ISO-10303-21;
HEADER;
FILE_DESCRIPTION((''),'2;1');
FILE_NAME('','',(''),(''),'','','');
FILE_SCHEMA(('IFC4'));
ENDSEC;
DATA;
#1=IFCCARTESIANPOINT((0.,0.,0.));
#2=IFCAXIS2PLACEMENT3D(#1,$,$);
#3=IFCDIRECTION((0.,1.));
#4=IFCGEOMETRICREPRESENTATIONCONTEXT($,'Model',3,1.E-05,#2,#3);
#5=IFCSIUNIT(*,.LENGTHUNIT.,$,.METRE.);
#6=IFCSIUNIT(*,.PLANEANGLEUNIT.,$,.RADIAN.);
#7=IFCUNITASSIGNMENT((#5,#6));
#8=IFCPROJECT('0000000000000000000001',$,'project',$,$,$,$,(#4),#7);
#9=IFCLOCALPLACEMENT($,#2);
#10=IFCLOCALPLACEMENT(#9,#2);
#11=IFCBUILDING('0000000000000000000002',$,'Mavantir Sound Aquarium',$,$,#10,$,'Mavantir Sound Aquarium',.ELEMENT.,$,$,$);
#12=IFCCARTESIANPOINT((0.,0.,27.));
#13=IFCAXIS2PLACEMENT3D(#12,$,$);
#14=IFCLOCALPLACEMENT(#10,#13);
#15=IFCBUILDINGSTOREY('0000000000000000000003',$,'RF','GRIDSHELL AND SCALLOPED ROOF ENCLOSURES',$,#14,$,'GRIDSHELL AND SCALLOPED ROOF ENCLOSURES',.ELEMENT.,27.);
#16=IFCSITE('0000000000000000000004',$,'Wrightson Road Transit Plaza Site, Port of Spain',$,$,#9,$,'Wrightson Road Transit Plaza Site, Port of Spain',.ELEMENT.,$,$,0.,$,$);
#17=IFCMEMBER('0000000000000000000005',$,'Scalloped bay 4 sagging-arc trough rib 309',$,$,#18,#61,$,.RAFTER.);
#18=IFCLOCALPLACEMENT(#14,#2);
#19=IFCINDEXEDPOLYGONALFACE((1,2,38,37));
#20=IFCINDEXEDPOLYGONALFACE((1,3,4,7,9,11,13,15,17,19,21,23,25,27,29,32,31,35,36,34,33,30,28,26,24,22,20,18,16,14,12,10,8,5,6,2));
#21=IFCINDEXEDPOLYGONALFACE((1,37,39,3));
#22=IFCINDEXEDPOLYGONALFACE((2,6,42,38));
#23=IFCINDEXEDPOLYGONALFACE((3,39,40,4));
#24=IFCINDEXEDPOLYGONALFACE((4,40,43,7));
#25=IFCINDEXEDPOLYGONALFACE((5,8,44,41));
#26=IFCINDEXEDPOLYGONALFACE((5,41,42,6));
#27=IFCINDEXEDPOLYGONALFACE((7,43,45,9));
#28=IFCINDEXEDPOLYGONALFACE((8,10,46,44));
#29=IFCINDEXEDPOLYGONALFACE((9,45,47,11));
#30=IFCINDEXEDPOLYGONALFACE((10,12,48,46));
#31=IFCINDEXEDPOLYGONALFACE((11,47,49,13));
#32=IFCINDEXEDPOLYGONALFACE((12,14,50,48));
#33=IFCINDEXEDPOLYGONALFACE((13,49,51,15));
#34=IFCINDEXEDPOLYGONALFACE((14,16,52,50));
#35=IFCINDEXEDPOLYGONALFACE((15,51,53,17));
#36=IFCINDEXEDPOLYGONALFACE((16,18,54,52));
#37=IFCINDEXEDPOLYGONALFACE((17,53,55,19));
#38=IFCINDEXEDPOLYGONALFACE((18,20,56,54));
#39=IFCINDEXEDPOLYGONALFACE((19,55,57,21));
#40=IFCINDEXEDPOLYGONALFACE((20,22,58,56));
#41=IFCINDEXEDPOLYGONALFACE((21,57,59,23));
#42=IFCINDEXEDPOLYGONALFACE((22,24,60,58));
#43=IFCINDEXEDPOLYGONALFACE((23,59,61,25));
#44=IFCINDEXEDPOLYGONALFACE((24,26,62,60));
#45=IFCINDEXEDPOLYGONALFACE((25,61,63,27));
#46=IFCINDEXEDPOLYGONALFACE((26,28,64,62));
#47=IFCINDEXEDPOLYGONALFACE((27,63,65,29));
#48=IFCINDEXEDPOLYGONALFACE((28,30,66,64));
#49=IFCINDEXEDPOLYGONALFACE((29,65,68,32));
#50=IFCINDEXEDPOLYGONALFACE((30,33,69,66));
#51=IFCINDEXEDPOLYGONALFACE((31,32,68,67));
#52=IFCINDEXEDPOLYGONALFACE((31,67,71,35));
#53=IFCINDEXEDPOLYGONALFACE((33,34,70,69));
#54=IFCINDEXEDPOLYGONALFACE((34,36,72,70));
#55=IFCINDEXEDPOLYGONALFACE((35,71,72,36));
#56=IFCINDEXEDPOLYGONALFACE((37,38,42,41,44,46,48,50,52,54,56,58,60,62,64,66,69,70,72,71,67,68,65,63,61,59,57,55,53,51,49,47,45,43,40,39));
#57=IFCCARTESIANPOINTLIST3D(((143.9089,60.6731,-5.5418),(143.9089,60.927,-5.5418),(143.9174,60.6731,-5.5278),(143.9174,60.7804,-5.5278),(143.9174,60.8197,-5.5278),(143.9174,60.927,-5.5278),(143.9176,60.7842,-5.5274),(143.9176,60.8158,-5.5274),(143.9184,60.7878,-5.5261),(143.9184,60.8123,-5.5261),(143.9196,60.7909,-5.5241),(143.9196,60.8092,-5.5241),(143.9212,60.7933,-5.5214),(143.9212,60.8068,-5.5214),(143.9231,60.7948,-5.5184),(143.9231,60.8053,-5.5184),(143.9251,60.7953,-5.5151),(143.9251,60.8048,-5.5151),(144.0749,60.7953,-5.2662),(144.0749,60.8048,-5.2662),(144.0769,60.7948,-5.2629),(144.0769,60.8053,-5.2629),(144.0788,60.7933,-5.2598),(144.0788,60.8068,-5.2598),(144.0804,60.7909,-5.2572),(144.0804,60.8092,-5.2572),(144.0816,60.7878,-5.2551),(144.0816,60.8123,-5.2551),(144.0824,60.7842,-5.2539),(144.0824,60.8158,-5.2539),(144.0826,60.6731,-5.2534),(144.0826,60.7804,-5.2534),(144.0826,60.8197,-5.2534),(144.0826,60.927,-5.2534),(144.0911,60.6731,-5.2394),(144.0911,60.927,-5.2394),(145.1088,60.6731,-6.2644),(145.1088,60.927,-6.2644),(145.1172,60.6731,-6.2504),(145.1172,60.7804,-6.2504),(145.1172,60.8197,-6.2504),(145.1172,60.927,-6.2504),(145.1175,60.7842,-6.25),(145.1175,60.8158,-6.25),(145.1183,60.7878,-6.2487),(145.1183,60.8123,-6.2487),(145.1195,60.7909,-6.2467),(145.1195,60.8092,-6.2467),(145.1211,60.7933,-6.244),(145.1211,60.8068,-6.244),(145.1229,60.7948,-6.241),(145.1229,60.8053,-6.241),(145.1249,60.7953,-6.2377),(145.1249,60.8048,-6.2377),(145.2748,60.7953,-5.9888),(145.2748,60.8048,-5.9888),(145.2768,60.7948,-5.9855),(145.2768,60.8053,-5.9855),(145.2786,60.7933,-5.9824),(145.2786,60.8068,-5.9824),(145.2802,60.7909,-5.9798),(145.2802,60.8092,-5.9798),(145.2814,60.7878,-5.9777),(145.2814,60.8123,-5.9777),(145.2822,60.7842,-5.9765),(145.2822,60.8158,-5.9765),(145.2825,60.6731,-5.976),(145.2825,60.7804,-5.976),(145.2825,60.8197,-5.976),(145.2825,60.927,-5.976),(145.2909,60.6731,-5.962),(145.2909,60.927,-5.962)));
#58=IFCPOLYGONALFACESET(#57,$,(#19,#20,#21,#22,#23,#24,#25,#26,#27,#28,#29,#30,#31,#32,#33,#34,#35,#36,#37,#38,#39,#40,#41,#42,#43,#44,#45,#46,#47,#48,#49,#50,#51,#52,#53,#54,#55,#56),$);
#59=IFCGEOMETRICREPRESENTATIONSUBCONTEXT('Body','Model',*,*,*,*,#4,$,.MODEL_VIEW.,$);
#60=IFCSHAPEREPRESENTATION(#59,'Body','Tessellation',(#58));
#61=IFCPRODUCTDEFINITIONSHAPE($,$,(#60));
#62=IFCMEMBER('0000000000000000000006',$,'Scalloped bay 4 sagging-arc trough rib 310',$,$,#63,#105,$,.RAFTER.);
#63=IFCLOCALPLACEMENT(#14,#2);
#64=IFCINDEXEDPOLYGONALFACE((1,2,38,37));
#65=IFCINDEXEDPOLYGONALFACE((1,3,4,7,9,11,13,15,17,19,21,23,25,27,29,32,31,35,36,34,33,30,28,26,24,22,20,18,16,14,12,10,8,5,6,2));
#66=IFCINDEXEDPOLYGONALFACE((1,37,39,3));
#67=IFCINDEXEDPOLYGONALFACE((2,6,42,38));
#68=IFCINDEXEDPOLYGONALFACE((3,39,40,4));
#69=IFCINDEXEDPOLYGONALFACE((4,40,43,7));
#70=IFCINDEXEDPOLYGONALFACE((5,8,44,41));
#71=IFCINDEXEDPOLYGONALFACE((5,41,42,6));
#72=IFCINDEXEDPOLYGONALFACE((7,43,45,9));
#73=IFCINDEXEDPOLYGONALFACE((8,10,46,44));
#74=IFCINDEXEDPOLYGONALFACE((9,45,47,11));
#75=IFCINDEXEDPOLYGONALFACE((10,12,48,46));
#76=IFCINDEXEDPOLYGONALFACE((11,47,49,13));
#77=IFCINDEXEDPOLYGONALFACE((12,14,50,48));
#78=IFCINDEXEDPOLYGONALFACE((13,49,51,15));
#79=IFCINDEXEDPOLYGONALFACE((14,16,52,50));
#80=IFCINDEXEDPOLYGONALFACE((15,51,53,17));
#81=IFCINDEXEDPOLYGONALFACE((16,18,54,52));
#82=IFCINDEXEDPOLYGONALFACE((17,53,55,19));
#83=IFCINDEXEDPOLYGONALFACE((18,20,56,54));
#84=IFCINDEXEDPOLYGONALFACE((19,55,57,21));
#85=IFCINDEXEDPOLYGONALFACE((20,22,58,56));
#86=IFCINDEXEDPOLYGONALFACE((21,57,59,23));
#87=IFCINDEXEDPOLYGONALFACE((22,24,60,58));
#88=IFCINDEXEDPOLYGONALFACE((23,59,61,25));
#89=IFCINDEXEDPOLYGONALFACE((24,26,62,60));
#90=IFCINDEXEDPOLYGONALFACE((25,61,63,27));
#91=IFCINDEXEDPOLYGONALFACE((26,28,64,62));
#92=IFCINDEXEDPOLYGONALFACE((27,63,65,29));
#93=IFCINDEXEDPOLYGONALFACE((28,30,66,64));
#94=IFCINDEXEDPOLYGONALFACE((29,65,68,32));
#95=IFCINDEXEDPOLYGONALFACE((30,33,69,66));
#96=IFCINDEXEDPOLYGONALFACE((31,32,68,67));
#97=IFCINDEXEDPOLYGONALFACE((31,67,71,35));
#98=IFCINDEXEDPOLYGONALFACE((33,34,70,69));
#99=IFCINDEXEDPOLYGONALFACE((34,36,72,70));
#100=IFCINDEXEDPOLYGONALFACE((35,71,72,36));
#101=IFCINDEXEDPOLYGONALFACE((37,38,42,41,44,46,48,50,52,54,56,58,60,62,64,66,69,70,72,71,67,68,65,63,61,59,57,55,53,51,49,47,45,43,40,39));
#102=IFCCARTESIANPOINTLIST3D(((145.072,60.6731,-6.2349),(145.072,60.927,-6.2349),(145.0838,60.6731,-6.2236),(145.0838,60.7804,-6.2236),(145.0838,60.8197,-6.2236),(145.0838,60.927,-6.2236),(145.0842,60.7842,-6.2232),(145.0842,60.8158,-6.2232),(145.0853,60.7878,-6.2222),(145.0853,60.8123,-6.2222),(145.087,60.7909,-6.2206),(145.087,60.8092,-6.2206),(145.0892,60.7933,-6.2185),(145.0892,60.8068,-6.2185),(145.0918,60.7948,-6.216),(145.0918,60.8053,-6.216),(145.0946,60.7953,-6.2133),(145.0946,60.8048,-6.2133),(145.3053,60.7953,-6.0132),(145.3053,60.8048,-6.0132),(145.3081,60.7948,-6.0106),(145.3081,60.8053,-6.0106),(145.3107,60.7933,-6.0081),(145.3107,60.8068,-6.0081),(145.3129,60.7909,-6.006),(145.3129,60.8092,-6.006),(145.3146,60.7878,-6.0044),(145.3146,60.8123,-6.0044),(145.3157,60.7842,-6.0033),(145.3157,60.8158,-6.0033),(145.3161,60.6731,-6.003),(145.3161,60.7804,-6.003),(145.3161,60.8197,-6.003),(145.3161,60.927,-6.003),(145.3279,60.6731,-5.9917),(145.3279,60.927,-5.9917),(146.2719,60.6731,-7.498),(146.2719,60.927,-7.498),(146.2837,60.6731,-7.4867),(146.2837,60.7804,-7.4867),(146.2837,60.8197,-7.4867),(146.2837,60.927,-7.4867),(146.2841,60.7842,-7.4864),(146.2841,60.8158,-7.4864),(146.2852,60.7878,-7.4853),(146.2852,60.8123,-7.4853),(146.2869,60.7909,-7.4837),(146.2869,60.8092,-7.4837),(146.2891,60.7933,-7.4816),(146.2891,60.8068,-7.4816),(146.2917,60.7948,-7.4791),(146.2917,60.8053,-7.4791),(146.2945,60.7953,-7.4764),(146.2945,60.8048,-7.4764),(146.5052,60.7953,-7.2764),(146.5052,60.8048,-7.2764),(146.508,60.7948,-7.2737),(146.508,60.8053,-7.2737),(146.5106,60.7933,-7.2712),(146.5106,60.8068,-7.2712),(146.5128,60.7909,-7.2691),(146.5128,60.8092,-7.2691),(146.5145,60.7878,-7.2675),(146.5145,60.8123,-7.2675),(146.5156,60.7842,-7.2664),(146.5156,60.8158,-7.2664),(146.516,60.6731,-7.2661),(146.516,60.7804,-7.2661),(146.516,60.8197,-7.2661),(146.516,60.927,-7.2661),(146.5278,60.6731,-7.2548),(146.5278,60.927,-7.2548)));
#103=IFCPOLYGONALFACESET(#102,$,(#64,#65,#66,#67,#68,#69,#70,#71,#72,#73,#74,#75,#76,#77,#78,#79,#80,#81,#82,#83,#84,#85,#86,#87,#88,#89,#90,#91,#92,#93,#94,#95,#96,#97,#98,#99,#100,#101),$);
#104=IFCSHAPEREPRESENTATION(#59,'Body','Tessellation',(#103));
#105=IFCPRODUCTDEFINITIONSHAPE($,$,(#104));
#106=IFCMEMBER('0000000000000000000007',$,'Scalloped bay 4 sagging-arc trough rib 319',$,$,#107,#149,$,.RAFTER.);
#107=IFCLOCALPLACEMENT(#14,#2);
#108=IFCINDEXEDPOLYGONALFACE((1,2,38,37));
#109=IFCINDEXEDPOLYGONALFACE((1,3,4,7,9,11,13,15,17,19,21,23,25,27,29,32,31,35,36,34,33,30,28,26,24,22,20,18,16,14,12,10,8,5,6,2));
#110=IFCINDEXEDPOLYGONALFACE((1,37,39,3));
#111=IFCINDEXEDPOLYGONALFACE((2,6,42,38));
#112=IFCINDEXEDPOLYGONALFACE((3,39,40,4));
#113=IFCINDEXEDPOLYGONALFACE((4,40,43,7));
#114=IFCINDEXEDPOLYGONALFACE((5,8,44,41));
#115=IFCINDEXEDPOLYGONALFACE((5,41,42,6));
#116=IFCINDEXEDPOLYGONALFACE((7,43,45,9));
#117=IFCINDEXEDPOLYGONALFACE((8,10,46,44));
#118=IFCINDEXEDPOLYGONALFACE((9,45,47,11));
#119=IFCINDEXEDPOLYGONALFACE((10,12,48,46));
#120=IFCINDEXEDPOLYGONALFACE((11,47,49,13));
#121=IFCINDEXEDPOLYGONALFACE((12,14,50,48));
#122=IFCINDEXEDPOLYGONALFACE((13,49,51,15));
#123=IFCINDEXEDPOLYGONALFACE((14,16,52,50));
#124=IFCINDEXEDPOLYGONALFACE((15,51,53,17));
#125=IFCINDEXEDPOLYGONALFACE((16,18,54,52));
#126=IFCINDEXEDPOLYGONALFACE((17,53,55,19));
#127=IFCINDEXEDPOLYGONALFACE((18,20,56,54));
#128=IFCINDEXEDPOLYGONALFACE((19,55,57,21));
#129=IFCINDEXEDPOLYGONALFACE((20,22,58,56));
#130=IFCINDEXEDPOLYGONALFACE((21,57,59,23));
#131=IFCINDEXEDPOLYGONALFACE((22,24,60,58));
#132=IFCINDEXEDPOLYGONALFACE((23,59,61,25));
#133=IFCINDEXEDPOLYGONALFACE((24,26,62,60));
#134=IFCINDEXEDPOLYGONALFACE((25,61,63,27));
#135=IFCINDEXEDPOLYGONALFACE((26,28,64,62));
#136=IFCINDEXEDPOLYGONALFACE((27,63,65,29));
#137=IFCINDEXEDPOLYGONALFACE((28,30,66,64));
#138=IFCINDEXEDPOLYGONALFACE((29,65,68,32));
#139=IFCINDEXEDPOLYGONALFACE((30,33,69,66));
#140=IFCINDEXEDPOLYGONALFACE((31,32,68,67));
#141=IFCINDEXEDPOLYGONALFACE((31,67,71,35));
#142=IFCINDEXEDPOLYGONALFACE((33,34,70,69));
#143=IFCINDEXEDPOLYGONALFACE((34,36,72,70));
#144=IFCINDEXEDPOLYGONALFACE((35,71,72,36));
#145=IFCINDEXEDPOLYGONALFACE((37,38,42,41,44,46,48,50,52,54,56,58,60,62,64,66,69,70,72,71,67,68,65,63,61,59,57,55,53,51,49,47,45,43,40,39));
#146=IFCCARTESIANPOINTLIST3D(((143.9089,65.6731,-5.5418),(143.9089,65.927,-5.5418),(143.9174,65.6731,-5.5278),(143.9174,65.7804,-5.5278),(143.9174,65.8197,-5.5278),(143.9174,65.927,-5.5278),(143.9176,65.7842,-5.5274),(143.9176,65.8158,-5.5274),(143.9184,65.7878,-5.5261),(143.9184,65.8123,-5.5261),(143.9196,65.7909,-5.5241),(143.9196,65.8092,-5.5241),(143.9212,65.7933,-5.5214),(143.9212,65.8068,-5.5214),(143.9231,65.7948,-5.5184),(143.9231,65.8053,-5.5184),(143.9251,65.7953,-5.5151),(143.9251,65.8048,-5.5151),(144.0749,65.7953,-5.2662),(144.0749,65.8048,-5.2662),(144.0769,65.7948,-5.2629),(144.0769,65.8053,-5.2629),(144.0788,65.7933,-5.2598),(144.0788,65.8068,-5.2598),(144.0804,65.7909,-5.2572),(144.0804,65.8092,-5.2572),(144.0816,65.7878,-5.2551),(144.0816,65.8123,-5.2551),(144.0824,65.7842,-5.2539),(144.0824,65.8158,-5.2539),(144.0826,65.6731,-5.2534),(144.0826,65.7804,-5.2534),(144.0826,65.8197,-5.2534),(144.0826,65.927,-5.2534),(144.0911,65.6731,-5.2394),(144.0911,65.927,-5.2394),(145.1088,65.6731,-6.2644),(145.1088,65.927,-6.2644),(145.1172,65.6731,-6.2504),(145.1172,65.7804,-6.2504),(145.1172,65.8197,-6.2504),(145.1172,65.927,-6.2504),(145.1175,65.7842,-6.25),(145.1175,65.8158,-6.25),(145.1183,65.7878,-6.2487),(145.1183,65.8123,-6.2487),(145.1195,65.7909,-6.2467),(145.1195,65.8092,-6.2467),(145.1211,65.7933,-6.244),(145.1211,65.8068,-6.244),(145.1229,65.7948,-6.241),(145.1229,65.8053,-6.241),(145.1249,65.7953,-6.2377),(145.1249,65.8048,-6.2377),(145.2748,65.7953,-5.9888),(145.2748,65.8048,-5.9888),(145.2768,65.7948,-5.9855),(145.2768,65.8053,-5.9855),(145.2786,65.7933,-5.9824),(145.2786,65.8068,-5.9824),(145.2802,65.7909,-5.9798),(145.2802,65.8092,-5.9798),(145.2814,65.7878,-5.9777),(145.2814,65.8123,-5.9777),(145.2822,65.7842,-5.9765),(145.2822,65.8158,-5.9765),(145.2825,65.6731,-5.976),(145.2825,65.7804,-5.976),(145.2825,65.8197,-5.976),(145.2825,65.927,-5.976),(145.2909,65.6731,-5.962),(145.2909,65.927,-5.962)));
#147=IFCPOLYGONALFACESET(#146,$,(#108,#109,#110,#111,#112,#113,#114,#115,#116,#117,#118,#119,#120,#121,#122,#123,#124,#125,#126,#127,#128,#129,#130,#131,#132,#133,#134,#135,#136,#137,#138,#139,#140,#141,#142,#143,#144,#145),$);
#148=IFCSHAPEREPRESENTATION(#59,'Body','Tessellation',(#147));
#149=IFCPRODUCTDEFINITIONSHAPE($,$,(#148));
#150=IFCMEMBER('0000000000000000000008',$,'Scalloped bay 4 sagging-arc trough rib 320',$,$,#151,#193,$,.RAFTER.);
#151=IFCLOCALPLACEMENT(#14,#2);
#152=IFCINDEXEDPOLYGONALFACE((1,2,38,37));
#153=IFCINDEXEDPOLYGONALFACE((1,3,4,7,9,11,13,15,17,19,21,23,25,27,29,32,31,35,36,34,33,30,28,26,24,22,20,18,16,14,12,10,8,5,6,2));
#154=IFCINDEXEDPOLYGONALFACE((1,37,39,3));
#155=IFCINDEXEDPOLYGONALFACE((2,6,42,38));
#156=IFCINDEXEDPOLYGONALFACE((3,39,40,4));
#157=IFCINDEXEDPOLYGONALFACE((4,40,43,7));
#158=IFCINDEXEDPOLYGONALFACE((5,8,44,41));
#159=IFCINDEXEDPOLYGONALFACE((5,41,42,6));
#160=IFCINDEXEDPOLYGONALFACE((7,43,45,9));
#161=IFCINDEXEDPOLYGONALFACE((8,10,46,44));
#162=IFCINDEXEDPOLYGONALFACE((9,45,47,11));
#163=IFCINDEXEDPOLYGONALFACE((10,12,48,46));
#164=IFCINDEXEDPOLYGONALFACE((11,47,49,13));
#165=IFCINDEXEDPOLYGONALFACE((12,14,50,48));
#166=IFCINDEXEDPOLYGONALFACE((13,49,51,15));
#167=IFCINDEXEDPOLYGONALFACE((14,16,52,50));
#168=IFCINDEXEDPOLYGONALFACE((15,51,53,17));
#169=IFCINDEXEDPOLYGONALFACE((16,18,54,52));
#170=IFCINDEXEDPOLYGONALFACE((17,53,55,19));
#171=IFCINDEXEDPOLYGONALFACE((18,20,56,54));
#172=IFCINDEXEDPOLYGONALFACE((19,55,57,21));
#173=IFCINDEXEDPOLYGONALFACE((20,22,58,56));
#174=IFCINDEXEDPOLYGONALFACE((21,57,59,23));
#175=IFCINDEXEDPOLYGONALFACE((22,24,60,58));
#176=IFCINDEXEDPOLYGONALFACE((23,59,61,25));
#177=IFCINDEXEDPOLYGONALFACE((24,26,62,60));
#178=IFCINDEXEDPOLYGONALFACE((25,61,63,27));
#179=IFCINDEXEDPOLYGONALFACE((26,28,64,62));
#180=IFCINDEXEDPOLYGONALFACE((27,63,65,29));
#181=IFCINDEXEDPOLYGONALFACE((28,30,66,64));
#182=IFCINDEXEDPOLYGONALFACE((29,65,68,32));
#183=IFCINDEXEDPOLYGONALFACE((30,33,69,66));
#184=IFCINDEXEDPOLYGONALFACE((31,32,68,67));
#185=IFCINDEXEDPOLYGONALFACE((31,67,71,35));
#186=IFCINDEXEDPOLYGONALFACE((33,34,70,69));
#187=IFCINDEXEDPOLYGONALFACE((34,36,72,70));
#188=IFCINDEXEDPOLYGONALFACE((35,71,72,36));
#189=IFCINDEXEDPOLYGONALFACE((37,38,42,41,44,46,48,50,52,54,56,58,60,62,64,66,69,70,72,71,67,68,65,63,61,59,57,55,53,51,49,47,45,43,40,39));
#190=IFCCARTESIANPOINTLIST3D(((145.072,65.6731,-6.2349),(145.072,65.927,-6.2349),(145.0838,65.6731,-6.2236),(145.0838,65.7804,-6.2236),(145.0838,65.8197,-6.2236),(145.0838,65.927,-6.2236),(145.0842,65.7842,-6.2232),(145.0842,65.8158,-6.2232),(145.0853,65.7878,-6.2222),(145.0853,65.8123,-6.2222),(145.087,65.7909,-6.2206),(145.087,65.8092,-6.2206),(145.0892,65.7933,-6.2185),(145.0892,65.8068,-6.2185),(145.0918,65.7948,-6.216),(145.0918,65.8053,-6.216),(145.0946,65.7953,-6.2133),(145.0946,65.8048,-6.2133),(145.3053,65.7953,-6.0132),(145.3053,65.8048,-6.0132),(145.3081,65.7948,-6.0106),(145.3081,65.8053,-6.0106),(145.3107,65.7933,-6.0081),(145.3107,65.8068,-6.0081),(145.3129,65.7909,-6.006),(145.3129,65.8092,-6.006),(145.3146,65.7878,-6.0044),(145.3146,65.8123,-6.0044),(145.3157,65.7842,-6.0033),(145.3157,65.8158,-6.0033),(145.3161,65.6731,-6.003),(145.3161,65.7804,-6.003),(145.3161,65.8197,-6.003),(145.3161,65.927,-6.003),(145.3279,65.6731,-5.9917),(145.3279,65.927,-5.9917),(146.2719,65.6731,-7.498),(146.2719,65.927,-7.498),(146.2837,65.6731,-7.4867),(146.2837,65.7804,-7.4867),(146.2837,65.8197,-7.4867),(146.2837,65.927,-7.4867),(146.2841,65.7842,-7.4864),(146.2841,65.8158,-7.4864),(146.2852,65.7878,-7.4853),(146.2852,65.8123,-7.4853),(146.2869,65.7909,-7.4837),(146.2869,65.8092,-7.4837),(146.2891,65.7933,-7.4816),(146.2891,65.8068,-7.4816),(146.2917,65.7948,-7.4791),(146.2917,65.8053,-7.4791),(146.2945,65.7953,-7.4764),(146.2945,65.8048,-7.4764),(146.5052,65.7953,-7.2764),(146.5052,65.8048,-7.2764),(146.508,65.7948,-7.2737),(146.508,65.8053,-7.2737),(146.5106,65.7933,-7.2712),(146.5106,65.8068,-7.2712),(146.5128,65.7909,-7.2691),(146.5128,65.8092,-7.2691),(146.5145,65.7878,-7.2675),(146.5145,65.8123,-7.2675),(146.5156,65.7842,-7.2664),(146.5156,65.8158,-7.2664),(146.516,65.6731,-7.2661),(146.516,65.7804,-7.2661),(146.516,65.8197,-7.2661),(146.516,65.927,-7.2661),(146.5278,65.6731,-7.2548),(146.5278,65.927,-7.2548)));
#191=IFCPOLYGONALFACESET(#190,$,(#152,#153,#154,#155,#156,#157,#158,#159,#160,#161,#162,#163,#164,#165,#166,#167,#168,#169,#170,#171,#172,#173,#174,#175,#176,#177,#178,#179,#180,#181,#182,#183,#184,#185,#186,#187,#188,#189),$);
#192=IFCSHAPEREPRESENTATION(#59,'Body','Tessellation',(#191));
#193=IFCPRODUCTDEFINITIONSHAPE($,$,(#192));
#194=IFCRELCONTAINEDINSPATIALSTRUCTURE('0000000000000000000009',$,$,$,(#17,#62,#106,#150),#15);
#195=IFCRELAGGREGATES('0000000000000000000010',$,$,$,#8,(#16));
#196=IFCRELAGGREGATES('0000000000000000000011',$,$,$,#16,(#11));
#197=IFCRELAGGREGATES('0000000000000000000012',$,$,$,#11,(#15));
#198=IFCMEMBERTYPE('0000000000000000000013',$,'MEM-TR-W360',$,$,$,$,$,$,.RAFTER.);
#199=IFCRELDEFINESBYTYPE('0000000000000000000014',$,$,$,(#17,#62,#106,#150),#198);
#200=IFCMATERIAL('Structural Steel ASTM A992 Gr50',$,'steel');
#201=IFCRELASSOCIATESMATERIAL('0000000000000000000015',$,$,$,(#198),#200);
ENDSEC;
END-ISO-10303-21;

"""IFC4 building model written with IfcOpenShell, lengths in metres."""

from ifc_helpers import new_model, si_unit, direction, frame, origin, origin_2d, place, context, subcontext, project, spatial, i_section, extrude, material, material_profile, profile_set, type_object, element, save


model = new_model("IFC4")

# Units and contexts
model_context = context("Model", 3, precision=1e-05, world=origin(), true_north=direction((0.0, 1.0)))
body_context = subcontext(model_context, "Body", "Model", "MODEL_VIEW")
ifc_project = project(units=[si_unit("LENGTHUNIT", "METRE"), si_unit("PLANEANGLEUNIT", "RADIAN")], contexts=[model_context])

# Site, building, storey
site_placement = place(None, origin())
site = spatial("IfcSite", under=ifc_project, at=site_placement, Name="Wrightson Road Transit Plaza Site, Port of Spain", LongName="Wrightson Road Transit Plaza Site, Port of Spain", CompositionType="ELEMENT", RefElevation=0.0)
building_placement = place(site_placement, origin())
building = spatial("IfcBuilding", under=site, at=building_placement, Name="Mavantir Sound Aquarium", LongName="Mavantir Sound Aquarium", CompositionType="ELEMENT")
storey_placement = place(building_placement, frame((0.0, 0.0, 27.0)))
storey = spatial("IfcBuildingStorey", under=building, at=storey_placement, Name="RF", Description="GRIDSHELL AND SCALLOPED ROOF ENCLOSURES", LongName="GRIDSHELL AND SCALLOPED ROOF ENCLOSURES", CompositionType="ELEMENT", Elevation=27.0)

# Shared definitions
ifc_material_1 = material(Name="Structural Steel ASTM A992 Gr50", Category="steel")

# Members
ifc_material_profile_1 = material_profile(ifc_material_1, i_section(OverallWidth=0.2539, OverallDepth=0.353, WebThickness=0.0095, FlangeThickness=0.0164, FilletRadius=0.0149, at=origin_2d()), Name="W360X91")
ifc_profile_set_1 = profile_set([ifc_material_profile_1], Name="Structural Steel ASTM A992 Gr50")
member_type_1 = type_object("IfcMemberType", Name="MEM-TR-W360", PredefinedType="RAFTER", material=ifc_profile_set_1)
member_1_placement = place(storey_placement, frame((144.0, 60.8, -5.3906), z_axis=(0.856646, 0.0, -0.515905), x_axis=(0.0, 1.0, 0.0)))
element("IfcMember", 1, at=member_1_placement, inside=storey, type_object=member_type_1, Name="Scalloped bay 4 sagging-arc trough rib 309", PredefinedType="RAFTER", context=body_context, shape_type="SweptSolid", body=[
    extrude(i_section(OverallWidth=0.2539, OverallDepth=0.353, WebThickness=0.0095, FlangeThickness=0.0164, FilletRadius=0.0149, at=origin_2d()), origin(), (0.0, 0.0, 1.0), 1.4006),
])
member_2_placement = place(storey_placement, frame((145.2, 60.8, -6.1133), z_axis=(0.688727, 0.0, -0.72502), x_axis=(0.0, 1.0, 0.0)))
element("IfcMember", 2, at=member_2_placement, inside=storey, type_object=member_type_1, Name="Scalloped bay 4 sagging-arc trough rib 310", PredefinedType="RAFTER", context=body_context, shape_type="SweptSolid", body=[
    extrude(i_section(OverallWidth=0.2539, OverallDepth=0.353, WebThickness=0.0095, FlangeThickness=0.0164, FilletRadius=0.0149, at=origin_2d()), origin(), (0.0, 0.0, 1.0), 1.7422),
])
member_3_placement = place(storey_placement, frame((144.0, 65.8, -5.3906), z_axis=(0.856646, 0.0, -0.515905), x_axis=(0.0, 1.0, 0.0)))
element("IfcMember", 3, at=member_3_placement, inside=storey, type_object=member_type_1, Name="Scalloped bay 4 sagging-arc trough rib 319", PredefinedType="RAFTER", context=body_context, shape_type="SweptSolid", body=[
    extrude(i_section(OverallWidth=0.2539, OverallDepth=0.353, WebThickness=0.0095, FlangeThickness=0.0164, FilletRadius=0.0149, at=origin_2d()), origin(), (0.0, 0.0, 1.0), 1.4006),
])
member_4_placement = place(storey_placement, frame((145.2, 65.8, -6.1133), z_axis=(0.688727, 0.0, -0.72502), x_axis=(0.0, 1.0, 0.0)))
element("IfcMember", 4, at=member_4_placement, inside=storey, type_object=member_type_1, Name="Scalloped bay 4 sagging-arc trough rib 320", PredefinedType="RAFTER", context=body_context, shape_type="SweptSolid", body=[
    extrude(i_section(OverallWidth=0.2539, OverallDepth=0.353, WebThickness=0.0095, FlangeThickness=0.0164, FilletRadius=0.0149, at=origin_2d()), origin(), (0.0, 0.0, 1.0), 1.7422),
])

save(model, "model.ifc")
